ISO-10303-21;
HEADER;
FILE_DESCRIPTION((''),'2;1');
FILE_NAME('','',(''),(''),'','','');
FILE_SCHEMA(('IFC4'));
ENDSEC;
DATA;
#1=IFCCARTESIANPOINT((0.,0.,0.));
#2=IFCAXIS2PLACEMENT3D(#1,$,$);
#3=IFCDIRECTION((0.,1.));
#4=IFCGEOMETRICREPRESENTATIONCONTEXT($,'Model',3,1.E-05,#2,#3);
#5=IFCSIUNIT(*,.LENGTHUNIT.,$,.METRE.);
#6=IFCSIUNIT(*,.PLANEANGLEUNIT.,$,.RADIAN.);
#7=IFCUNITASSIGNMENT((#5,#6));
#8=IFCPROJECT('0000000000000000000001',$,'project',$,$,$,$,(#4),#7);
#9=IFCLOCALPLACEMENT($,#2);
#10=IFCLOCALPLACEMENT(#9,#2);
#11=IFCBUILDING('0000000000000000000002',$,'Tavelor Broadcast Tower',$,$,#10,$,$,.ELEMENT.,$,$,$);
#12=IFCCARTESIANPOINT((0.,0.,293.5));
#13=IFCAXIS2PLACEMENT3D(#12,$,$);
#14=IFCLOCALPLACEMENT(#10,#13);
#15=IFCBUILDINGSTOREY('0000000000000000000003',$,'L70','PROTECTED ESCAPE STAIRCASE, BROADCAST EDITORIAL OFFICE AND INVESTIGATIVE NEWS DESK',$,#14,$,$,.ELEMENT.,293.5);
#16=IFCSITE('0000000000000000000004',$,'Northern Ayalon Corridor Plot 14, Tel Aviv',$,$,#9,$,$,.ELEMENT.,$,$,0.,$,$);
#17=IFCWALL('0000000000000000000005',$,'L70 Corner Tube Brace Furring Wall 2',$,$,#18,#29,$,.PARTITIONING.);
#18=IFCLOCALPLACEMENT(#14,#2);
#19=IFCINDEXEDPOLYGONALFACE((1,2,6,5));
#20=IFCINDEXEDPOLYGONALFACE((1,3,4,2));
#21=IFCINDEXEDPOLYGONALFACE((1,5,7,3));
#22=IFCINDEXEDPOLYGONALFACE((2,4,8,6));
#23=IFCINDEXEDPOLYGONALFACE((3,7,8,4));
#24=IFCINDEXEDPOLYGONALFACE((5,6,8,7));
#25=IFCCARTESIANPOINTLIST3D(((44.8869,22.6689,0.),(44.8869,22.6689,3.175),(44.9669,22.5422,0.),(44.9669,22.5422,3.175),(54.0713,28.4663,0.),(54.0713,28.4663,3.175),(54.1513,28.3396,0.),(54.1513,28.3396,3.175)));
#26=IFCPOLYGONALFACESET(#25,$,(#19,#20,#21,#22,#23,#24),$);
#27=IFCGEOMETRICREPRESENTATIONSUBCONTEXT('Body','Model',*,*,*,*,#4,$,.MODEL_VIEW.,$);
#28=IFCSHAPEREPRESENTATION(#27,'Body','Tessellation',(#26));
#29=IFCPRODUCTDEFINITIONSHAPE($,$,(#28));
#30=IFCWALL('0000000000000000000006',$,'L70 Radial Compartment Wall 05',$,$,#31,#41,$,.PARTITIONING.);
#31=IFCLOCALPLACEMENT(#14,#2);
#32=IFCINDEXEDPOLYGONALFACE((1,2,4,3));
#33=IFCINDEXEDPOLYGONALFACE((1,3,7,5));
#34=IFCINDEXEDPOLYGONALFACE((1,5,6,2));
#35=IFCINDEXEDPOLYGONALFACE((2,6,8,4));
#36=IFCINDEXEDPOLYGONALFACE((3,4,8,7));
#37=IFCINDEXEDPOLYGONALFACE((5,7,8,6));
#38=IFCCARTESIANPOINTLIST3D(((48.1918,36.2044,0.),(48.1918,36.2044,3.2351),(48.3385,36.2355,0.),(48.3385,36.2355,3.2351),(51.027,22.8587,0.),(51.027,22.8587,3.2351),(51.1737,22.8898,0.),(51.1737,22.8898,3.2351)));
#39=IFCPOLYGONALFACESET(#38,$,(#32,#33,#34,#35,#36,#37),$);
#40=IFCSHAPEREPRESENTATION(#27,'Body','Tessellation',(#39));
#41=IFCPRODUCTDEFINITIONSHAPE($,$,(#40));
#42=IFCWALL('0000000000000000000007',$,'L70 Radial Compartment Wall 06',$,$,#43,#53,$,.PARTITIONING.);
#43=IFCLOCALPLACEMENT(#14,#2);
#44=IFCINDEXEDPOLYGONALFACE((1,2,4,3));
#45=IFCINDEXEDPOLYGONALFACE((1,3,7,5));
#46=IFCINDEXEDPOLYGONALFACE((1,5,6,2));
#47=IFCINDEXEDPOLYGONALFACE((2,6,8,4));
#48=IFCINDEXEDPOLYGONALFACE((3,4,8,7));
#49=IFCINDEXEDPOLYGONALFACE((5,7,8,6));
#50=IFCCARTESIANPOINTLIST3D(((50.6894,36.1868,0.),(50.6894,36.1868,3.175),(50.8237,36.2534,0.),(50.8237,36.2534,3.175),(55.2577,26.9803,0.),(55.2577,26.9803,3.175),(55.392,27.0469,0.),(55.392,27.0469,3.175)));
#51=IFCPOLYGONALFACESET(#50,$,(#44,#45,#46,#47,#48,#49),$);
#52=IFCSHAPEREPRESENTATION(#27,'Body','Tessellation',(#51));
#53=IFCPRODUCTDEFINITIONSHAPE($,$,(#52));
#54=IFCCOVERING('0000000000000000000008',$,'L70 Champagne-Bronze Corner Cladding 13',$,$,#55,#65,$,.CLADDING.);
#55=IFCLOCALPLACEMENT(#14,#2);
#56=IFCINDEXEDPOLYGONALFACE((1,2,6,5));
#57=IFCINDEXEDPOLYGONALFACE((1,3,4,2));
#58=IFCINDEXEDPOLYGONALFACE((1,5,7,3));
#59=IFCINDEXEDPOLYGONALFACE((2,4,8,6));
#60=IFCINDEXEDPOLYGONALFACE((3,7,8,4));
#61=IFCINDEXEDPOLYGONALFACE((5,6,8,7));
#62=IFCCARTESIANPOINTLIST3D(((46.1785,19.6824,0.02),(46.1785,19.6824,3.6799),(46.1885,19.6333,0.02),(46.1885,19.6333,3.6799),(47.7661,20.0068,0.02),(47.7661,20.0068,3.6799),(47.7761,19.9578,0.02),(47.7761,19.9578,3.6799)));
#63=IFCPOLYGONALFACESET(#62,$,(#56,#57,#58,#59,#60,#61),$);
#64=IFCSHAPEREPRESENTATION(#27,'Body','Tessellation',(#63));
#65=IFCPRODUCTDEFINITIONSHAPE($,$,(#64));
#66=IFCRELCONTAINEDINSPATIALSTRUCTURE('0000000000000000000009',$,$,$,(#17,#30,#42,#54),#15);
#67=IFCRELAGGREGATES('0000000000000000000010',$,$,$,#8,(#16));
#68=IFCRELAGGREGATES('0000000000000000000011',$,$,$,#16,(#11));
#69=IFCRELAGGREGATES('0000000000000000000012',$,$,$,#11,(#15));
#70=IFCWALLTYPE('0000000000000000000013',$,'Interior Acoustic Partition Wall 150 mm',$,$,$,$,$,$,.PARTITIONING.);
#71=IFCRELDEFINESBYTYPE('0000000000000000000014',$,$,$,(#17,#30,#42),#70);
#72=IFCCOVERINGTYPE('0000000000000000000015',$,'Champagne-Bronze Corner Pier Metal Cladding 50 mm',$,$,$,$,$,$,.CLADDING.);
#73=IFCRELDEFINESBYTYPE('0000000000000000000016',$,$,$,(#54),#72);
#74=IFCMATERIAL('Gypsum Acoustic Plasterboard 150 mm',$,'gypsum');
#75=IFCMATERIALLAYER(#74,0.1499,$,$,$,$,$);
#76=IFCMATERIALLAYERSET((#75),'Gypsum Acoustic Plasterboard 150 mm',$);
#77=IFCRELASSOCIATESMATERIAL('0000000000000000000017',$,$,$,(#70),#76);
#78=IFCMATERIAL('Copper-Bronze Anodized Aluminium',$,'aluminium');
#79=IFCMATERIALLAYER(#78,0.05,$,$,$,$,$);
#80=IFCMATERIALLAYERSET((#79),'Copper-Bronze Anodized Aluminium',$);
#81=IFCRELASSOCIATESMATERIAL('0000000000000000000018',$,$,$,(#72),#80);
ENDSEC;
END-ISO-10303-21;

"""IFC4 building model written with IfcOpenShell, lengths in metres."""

from ifc_helpers import new_model, si_unit, direction, frame, frame_2d, origin, origin_2d, place, context, subcontext, project, spatial, rectangle, extrude, material, layer, layer_set, type_object, element, save


model = new_model("IFC4")

# Units and contexts
model_context = context("Model", 3, precision=1e-05, world=origin(), true_north=direction((0.0, 1.0)))
body_context = subcontext(model_context, "Body", "Model", "MODEL_VIEW")
ifc_project = project(units=[si_unit("LENGTHUNIT", "METRE"), si_unit("PLANEANGLEUNIT", "RADIAN")], contexts=[model_context])

# Site, building, storey
site_placement = place(None, origin())
site = spatial("IfcSite", under=ifc_project, at=site_placement, Name="Northern Ayalon Corridor Plot 14, Tel Aviv", CompositionType="ELEMENT", RefElevation=0.0)
building_placement = place(site_placement, origin())
building = spatial("IfcBuilding", under=site, at=building_placement, Name="Tavelor Broadcast Tower", CompositionType="ELEMENT")
storey_placement = place(building_placement, frame((0.0, 0.0, 293.5)))
storey = spatial("IfcBuildingStorey", under=building, at=storey_placement, Name="L70", Description="PROTECTED ESCAPE STAIRCASE, BROADCAST EDITORIAL OFFICE AND INVESTIGATIVE NEWS DESK", CompositionType="ELEMENT", Elevation=293.5)

# Walls
ifc_material_1 = material(Name="Gypsum Acoustic Plasterboard 150 mm", Category="gypsum")
ifc_layer_1 = layer(ifc_material_1, 0.1499)
ifc_layer_set_1 = layer_set([ifc_layer_1], Name="Gypsum Acoustic Plasterboard 150 mm")
wall_type_1 = type_object("IfcWallType", Name="Interior Acoustic Partition Wall 150 mm", PredefinedType="PARTITIONING", material=ifc_layer_set_1)
wall_1_placement = place(storey_placement, frame((44.9268, 22.6055, 0.0), z_axis=(0.0, 0.0, 1.0), x_axis=(0.845625, 0.533778, 0.0)))
element("IfcWall", 1, at=wall_1_placement, inside=storey, type_object=wall_type_1, Name="L70 Corner Tube Brace Furring Wall 2", PredefinedType="PARTITIONING", context=body_context, shape_type="SweptSolid", body=[
    extrude(rectangle(XDim=10.8611, YDim=0.1499, at=frame_2d((5.4307, 0.0))), origin(), (0.0, 0.0, 1.0), 3.175),
])
wall_2_placement = place(storey_placement, frame((48.2651, 36.22, 0.0), z_axis=(0.0, 0.0, 1.0), x_axis=(0.207806, -0.97817, 0.0)))
element("IfcWall", 2, at=wall_2_placement, inside=storey, type_object=wall_type_1, Name="L70 Radial Compartment Wall 05", PredefinedType="PARTITIONING", context=body_context, shape_type="SweptSolid", body=[
    extrude(rectangle(XDim=13.6436, YDim=0.1499, at=frame_2d((6.8218, 0.0))), origin(), (0.0, 0.0, 1.0), 3.2351),
])
wall_3_placement = place(storey_placement, frame((50.7566, 36.22, 0.0), z_axis=(0.0, 0.0, 1.0), x_axis=(0.444494, -0.895782, 0.0)))
element("IfcWall", 3, at=wall_3_placement, inside=storey, type_object=wall_type_1, Name="L70 Radial Compartment Wall 06", PredefinedType="PARTITIONING", context=body_context, shape_type="SweptSolid", body=[
    extrude(rectangle(XDim=10.2776, YDim=0.1499, at=frame_2d((5.1387, 0.0))), origin(), (0.0, 0.0, 1.0), 3.175),
])

# Covering
ifc_material_2 = material(Name="Copper-Bronze Anodized Aluminium", Category="aluminium")
ifc_layer_2 = layer(ifc_material_2, 0.05)
ifc_layer_set_2 = layer_set([ifc_layer_2], Name="Copper-Bronze Anodized Aluminium")
covering_type = type_object("IfcCoveringType", Name="Champagne-Bronze Corner Pier Metal Cladding 50 mm", PredefinedType="CLADDING", material=ifc_layer_set_2)
covering_placement = place(storey_placement, frame((46.9773, 19.8201, 0.02), z_axis=(0.0, 0.0, 1.0), x_axis=(0.97975, 0.200223, 0.0)))
element("IfcCovering", 4, at=covering_placement, inside=storey, type_object=covering_type, Name="L70 Champagne-Bronze Corner Cladding 13", PredefinedType="CLADDING", context=body_context, shape_type="SweptSolid", body=[
    extrude(rectangle(XDim=1.6204, YDim=0.05, at=origin_2d()), origin(), (0.0, 0.0, 1.0), 3.6599),
])

save(model, "model.ifc")
